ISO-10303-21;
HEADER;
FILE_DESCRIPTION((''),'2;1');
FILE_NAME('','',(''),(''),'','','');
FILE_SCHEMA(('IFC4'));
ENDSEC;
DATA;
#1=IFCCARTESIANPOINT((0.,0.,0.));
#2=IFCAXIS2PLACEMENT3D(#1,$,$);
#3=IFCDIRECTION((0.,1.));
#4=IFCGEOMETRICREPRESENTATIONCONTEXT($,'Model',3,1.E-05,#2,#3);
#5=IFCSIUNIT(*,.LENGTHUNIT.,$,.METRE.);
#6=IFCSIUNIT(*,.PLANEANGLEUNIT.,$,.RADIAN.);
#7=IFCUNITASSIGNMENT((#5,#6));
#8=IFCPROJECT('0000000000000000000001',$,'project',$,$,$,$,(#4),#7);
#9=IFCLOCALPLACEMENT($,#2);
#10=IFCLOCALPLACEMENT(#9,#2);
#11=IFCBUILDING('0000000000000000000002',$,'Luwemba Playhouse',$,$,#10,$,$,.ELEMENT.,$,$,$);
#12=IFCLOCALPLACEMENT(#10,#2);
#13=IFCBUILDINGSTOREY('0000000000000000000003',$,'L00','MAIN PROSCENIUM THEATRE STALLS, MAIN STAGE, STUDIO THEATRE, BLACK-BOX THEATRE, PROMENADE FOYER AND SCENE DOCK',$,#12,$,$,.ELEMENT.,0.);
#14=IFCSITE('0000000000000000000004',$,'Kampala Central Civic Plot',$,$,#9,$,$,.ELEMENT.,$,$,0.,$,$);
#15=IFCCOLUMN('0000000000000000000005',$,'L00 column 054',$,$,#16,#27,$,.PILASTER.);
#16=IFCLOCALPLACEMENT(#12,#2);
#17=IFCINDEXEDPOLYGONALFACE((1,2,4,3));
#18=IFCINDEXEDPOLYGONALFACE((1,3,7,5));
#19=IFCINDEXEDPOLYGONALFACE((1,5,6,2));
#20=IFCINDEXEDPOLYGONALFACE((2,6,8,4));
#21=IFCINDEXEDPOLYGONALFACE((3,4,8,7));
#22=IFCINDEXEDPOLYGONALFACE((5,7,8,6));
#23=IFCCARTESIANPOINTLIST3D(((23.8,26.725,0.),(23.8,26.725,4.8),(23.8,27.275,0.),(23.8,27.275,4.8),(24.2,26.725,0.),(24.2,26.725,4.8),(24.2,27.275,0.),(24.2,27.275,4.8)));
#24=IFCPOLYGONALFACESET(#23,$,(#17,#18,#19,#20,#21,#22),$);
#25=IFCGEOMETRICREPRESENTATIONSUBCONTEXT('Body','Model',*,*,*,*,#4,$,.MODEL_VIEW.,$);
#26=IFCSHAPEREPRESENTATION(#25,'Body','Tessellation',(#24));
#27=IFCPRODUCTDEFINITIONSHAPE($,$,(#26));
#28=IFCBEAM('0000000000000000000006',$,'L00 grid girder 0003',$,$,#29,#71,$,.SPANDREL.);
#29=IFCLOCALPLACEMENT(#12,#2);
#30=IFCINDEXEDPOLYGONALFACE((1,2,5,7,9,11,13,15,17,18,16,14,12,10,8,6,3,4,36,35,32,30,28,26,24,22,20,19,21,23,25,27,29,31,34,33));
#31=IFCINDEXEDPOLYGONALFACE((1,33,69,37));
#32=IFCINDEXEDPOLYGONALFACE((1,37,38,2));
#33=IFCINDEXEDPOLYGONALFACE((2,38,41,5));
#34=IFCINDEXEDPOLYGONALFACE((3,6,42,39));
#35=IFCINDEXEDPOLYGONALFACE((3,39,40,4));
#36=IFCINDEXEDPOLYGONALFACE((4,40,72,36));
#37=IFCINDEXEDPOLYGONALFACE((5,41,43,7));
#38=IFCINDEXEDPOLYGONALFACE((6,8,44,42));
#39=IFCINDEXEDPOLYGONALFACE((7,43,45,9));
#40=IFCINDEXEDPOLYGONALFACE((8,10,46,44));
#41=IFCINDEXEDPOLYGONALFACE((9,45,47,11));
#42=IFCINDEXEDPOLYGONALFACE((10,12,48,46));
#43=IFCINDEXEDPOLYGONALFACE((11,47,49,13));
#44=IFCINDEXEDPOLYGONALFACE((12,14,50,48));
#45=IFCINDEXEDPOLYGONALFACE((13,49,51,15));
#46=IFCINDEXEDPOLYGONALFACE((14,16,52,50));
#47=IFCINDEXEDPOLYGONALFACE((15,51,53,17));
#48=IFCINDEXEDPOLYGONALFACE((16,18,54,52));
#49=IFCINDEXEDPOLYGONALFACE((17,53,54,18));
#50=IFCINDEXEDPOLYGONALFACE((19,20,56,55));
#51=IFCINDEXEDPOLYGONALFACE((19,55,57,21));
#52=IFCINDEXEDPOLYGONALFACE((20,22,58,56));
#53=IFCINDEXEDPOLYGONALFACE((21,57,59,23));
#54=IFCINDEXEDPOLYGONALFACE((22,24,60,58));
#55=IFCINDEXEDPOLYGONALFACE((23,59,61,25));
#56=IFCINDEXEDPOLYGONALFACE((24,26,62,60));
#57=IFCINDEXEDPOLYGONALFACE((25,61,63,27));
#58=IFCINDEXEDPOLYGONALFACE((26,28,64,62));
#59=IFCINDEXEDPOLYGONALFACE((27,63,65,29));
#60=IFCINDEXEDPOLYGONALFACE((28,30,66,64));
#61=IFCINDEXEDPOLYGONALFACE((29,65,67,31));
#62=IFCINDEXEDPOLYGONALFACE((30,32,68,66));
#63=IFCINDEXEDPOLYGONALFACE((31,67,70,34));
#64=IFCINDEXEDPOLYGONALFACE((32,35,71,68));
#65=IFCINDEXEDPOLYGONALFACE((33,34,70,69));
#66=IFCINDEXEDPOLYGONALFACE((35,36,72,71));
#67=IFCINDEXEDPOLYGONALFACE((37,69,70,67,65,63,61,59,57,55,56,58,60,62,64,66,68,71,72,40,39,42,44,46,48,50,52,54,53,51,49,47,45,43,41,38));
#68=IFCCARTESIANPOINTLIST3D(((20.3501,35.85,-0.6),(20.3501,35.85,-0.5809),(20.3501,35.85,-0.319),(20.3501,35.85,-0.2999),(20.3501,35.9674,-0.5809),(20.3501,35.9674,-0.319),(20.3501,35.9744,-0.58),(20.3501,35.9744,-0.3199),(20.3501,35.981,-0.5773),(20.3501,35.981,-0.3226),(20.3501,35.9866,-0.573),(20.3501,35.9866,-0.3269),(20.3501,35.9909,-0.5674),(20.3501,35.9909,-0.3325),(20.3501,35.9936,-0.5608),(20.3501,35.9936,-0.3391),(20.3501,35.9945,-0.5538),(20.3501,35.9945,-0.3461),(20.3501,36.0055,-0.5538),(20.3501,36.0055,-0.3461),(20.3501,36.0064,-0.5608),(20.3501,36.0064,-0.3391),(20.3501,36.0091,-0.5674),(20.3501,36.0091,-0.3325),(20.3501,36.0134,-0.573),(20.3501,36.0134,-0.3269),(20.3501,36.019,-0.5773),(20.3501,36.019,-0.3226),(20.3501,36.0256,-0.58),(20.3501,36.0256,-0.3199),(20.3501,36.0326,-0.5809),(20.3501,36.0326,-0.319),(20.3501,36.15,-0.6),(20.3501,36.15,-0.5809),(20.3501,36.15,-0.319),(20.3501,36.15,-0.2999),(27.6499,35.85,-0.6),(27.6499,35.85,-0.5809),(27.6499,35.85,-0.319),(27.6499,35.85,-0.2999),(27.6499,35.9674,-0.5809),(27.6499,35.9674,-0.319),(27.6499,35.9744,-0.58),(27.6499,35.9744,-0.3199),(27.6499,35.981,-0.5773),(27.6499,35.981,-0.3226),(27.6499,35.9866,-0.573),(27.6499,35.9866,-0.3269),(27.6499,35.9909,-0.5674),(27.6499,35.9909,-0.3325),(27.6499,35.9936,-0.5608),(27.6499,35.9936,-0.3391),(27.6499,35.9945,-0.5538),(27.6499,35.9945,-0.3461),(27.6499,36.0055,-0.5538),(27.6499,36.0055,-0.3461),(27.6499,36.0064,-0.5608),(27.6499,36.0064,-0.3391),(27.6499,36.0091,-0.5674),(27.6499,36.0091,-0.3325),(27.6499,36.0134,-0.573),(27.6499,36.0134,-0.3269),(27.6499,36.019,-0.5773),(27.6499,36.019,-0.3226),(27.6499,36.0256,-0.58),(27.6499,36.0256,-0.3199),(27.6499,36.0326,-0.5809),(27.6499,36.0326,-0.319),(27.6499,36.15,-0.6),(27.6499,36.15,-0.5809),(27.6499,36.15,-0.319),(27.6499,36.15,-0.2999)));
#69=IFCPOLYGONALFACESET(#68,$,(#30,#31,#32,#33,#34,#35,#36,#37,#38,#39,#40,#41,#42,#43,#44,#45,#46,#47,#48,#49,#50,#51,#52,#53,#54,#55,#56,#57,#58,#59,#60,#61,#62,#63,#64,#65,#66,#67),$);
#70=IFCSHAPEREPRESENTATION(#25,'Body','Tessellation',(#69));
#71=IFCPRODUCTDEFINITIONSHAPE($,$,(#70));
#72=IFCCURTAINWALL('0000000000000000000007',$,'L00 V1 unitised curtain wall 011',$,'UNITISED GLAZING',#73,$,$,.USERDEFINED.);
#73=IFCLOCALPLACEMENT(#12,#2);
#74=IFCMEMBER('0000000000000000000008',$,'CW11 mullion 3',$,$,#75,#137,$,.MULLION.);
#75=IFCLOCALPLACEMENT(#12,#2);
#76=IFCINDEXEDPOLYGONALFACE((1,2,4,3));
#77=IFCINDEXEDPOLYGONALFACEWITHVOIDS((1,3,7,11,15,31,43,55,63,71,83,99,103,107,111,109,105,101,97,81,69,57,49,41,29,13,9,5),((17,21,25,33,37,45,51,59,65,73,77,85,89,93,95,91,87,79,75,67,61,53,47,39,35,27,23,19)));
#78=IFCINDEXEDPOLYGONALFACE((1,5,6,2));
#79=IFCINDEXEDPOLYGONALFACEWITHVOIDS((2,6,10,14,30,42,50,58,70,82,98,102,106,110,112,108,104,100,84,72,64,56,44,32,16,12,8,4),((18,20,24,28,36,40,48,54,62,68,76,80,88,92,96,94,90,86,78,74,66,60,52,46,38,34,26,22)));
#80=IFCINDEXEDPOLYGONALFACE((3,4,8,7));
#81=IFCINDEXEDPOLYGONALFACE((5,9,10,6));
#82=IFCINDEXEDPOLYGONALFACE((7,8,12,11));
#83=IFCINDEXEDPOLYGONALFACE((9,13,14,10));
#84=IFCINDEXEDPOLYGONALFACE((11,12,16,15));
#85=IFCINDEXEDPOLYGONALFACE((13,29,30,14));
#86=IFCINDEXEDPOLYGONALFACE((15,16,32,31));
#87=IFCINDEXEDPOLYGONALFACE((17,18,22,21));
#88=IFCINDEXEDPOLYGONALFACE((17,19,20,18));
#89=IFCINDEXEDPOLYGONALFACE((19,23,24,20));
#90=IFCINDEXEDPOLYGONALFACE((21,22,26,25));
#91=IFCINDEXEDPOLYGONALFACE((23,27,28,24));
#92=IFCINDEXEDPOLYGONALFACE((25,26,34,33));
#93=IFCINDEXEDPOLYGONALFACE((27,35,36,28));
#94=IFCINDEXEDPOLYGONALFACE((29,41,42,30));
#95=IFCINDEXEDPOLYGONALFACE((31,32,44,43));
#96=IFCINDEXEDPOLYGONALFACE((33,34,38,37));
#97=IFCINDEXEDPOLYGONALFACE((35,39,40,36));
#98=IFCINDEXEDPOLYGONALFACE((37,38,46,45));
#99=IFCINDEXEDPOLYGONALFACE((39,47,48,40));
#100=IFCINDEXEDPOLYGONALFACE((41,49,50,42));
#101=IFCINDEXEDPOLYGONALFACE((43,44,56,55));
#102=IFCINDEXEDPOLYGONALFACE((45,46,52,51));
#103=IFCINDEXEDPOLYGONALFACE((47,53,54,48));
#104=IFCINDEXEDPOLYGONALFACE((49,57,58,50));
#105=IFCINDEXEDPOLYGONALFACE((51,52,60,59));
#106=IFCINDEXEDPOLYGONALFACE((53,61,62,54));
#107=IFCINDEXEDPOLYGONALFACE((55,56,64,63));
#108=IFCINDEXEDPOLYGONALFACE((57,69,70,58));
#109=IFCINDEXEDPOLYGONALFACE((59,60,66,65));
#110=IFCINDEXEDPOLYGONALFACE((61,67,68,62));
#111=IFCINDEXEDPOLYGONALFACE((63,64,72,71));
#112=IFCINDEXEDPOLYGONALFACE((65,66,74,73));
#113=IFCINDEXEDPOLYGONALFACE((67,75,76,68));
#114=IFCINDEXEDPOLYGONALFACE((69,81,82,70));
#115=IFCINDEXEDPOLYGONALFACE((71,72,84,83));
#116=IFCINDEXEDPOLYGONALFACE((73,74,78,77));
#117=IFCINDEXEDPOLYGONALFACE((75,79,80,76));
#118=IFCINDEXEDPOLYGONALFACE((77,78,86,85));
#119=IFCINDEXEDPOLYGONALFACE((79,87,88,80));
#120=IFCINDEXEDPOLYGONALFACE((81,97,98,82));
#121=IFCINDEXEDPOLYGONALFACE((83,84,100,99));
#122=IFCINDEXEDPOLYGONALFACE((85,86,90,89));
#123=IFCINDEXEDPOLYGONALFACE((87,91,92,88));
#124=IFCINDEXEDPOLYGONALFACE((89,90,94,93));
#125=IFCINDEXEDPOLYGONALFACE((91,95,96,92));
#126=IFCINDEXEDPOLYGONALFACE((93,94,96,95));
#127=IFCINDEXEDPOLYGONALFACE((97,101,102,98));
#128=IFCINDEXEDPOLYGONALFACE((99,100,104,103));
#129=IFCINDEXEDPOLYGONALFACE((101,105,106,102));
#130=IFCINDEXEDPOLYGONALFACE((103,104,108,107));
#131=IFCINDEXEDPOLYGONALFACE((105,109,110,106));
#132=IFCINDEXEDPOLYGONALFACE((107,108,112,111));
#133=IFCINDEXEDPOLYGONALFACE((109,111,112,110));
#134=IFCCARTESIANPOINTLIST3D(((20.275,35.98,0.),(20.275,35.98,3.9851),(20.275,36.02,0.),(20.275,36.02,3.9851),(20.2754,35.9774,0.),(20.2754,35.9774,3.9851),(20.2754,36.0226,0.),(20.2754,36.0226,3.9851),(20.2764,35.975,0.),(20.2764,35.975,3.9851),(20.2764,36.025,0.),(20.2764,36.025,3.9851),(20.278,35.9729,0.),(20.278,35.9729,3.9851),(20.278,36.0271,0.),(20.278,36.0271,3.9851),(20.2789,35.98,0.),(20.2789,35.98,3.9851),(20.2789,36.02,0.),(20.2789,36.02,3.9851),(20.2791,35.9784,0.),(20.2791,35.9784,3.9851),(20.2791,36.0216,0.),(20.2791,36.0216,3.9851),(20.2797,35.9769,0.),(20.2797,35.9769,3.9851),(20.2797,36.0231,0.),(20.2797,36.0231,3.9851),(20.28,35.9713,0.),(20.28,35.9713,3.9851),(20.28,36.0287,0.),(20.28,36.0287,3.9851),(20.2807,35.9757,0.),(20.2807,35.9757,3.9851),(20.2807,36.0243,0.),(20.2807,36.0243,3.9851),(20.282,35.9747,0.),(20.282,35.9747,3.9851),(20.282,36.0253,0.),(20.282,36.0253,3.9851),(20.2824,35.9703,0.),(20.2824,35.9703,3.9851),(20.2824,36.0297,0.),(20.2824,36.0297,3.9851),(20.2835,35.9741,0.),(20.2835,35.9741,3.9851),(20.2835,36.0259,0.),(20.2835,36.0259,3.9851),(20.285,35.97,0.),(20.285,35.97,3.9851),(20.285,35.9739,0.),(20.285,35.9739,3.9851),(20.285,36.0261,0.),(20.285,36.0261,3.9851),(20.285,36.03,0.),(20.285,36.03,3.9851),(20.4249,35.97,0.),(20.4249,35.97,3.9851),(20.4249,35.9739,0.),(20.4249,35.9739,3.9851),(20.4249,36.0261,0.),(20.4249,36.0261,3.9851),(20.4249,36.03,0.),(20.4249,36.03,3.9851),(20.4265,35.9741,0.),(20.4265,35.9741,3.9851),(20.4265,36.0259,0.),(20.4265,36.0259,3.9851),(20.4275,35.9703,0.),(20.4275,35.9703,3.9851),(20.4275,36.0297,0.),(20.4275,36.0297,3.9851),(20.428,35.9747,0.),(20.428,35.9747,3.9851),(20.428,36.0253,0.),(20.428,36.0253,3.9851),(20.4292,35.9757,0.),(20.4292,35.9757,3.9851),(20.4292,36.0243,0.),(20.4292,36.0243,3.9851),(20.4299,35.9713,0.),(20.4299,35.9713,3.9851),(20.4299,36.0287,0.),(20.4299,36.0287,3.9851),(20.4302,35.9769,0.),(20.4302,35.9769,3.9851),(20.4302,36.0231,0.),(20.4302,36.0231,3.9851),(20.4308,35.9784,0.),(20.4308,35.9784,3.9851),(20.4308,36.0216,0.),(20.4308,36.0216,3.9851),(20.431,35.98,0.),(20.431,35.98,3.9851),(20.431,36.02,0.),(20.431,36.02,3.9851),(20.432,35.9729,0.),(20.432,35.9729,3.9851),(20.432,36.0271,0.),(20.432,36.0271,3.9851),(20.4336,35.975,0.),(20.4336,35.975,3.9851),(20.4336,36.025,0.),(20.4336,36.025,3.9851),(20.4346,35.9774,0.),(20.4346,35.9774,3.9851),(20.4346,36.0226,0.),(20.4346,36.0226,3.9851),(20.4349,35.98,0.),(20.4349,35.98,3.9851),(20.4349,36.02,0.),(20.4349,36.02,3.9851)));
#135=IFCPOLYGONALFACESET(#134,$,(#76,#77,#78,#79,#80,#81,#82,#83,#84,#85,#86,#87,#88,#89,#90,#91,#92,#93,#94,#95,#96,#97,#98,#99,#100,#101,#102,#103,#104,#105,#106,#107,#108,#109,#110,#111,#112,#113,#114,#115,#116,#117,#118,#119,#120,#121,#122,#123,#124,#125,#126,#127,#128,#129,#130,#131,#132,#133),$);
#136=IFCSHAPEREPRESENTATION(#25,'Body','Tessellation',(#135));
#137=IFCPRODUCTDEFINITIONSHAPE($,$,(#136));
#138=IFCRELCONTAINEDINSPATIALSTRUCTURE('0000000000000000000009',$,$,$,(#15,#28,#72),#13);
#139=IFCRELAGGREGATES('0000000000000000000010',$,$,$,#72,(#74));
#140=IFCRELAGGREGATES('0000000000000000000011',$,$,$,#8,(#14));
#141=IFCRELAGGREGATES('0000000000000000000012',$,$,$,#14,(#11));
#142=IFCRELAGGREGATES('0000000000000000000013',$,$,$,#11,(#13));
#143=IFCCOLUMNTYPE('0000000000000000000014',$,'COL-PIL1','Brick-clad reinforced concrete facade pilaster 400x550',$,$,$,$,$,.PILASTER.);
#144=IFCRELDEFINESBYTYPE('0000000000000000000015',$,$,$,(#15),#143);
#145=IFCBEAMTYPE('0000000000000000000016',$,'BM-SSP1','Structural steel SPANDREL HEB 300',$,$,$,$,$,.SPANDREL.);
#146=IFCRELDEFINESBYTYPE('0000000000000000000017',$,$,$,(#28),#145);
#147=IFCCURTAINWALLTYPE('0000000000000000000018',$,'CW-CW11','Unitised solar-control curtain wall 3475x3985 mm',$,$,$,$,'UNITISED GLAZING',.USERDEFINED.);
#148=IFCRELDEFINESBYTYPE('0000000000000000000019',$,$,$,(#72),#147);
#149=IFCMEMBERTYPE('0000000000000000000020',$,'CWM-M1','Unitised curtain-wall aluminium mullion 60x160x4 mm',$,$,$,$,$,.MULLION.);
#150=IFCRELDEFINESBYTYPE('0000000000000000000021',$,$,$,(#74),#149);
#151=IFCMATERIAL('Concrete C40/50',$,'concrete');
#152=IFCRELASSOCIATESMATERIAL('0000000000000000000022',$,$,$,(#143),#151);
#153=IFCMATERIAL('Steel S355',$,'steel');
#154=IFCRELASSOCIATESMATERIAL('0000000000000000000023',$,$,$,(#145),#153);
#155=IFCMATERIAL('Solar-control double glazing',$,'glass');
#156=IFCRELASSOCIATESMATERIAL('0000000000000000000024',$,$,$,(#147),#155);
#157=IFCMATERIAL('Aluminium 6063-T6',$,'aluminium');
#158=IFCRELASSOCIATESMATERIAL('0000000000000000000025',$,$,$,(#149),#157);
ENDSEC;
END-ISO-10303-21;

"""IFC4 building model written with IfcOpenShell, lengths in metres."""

from ifc_helpers import new_model, si_unit, direction, frame, origin, origin_2d, place, context, subcontext, project, spatial, rectangle, hollow_rectangle, i_section, extrude, material, material_profile, profile_set, type_object, element, aggregate, save


model = new_model("IFC4")

# Units and contexts
model_context = context("Model", 3, precision=1e-05, world=origin(), true_north=direction((0.0, 1.0)))
body_context = subcontext(model_context, "Body", "Model", "MODEL_VIEW")
ifc_project = project(units=[si_unit("LENGTHUNIT", "METRE"), si_unit("PLANEANGLEUNIT", "RADIAN")], contexts=[model_context])

# Site, building, storey
site_placement = place(None, origin())
site = spatial("IfcSite", under=ifc_project, at=site_placement, Name="Kampala Central Civic Plot", CompositionType="ELEMENT", RefElevation=0.0)
building_placement = place(site_placement, origin())
building = spatial("IfcBuilding", under=site, at=building_placement, Name="Luwemba Playhouse", CompositionType="ELEMENT")
storey_placement = place(building_placement, origin())
storey = spatial("IfcBuildingStorey", under=building, at=storey_placement, Name="L00", Description="MAIN PROSCENIUM THEATRE STALLS, MAIN STAGE, STUDIO THEATRE, BLACK-BOX THEATRE, PROMENADE FOYER AND SCENE DOCK", CompositionType="ELEMENT", Elevation=0.0)

# Column
ifc_material_1 = material(Name="Concrete C40/50", Category="concrete")
ifc_material_profile_1 = material_profile(ifc_material_1, rectangle(XDim=0.3999, YDim=0.55, at=origin_2d()))
ifc_profile_set_1 = profile_set([ifc_material_profile_1], Name="Concrete C40/50")
column_type = type_object("IfcColumnType", Name="COL-PIL1", Description="Brick-clad reinforced concrete facade pilaster 400x550", PredefinedType="PILASTER", material=ifc_profile_set_1)
column_placement = place(storey_placement, frame((24.0, 27.0, 0.0), z_axis=(0.0, 0.0, 1.0), x_axis=(1.0, 0.0, 0.0)))
element("IfcColumn", 1, at=column_placement, inside=storey, type_object=column_type, Name="L00 column 054", PredefinedType="PILASTER", context=body_context, shape_type="SweptSolid", body=[
    extrude(rectangle(XDim=0.3999, YDim=0.55, at=origin_2d()), origin(), (0.0, 0.0, 1.0), 4.8),
])

# Beam
ifc_material_2 = material(Name="Steel S355", Category="steel")
ifc_material_profile_2 = material_profile(ifc_material_2, i_section(OverallWidth=0.3, OverallDepth=0.3, WebThickness=0.011, FlangeThickness=0.019, FilletRadius=0.0271, at=origin_2d()))
ifc_profile_set_2 = profile_set([ifc_material_profile_2], Name="Steel S355")
beam_type = type_object("IfcBeamType", Name="BM-SSP1", Description="Structural steel SPANDREL HEB 300", PredefinedType="SPANDREL", material=ifc_profile_set_2)
beam_placement = place(storey_placement, frame((20.3501, 36.0, -0.45), z_axis=(1.0, 0.0, 0.0), x_axis=(0.0, 1.0, 0.0)))
element("IfcBeam", 2, at=beam_placement, inside=storey, type_object=beam_type, Name="L00 grid girder 0003", PredefinedType="SPANDREL", context=body_context, shape_type="SweptSolid", body=[
    extrude(i_section(OverallWidth=0.3, OverallDepth=0.3, WebThickness=0.011, FlangeThickness=0.019, FilletRadius=0.0271, at=origin_2d()), origin(), (0.0, 0.0, 1.0), 7.2998),
])

# Curtain wall, member
ifc_material_3 = material(Name="Solar-control double glazing", Category="glass")
curtain_wall_type_1 = type_object("IfcCurtainWallType", Name="CW-CW11", Description="Unitised solar-control curtain wall 3475x3985 mm", ElementType="UNITISED GLAZING", PredefinedType="USERDEFINED", material=ifc_material_3)
curtain_wall_1_placement = place(storey_placement, origin())
curtain_wall_1 = element("IfcCurtainWall", 3, at=curtain_wall_1_placement, inside=storey, type_object=curtain_wall_type_1, Name="L00 V1 unitised curtain wall 011", ObjectType="UNITISED GLAZING", PredefinedType="USERDEFINED")
ifc_material_4 = material(Name="Aluminium 6063-T6", Category="aluminium")
ifc_material_profile_3 = material_profile(ifc_material_4, hollow_rectangle(XDim=0.0601, YDim=0.1599, WallThickness=0.0039, InnerFilletRadius=0.0061, OuterFilletRadius=0.01, at=origin_2d()))
ifc_profile_set_3 = profile_set([ifc_material_profile_3], Name="Aluminium 6063-T6")
member_type_1 = type_object("IfcMemberType", Name="CWM-M1", Description="Unitised curtain-wall aluminium mullion 60x160x4 mm", PredefinedType="MULLION", material=ifc_profile_set_3)
member_1_placement = place(storey_placement, frame((20.355, 36.0, 0.0), z_axis=(0.0, 0.0, 1.0), x_axis=(0.0, -1.0, 0.0)))
member_1 = element("IfcMember", 4, at=member_1_placement, type_object=member_type_1, Name="CW11 mullion 3", PredefinedType="MULLION", context=body_context, shape_type="SweptSolid", body=[
    extrude(hollow_rectangle(XDim=0.0601, YDim=0.1599, WallThickness=0.0039, InnerFilletRadius=0.0061, OuterFilletRadius=0.01, at=origin_2d()), origin(), (0.0, 0.0, 1.0), 3.9851),
])

aggregate(curtain_wall_1, [member_1])

save(model, "model.ifc")
